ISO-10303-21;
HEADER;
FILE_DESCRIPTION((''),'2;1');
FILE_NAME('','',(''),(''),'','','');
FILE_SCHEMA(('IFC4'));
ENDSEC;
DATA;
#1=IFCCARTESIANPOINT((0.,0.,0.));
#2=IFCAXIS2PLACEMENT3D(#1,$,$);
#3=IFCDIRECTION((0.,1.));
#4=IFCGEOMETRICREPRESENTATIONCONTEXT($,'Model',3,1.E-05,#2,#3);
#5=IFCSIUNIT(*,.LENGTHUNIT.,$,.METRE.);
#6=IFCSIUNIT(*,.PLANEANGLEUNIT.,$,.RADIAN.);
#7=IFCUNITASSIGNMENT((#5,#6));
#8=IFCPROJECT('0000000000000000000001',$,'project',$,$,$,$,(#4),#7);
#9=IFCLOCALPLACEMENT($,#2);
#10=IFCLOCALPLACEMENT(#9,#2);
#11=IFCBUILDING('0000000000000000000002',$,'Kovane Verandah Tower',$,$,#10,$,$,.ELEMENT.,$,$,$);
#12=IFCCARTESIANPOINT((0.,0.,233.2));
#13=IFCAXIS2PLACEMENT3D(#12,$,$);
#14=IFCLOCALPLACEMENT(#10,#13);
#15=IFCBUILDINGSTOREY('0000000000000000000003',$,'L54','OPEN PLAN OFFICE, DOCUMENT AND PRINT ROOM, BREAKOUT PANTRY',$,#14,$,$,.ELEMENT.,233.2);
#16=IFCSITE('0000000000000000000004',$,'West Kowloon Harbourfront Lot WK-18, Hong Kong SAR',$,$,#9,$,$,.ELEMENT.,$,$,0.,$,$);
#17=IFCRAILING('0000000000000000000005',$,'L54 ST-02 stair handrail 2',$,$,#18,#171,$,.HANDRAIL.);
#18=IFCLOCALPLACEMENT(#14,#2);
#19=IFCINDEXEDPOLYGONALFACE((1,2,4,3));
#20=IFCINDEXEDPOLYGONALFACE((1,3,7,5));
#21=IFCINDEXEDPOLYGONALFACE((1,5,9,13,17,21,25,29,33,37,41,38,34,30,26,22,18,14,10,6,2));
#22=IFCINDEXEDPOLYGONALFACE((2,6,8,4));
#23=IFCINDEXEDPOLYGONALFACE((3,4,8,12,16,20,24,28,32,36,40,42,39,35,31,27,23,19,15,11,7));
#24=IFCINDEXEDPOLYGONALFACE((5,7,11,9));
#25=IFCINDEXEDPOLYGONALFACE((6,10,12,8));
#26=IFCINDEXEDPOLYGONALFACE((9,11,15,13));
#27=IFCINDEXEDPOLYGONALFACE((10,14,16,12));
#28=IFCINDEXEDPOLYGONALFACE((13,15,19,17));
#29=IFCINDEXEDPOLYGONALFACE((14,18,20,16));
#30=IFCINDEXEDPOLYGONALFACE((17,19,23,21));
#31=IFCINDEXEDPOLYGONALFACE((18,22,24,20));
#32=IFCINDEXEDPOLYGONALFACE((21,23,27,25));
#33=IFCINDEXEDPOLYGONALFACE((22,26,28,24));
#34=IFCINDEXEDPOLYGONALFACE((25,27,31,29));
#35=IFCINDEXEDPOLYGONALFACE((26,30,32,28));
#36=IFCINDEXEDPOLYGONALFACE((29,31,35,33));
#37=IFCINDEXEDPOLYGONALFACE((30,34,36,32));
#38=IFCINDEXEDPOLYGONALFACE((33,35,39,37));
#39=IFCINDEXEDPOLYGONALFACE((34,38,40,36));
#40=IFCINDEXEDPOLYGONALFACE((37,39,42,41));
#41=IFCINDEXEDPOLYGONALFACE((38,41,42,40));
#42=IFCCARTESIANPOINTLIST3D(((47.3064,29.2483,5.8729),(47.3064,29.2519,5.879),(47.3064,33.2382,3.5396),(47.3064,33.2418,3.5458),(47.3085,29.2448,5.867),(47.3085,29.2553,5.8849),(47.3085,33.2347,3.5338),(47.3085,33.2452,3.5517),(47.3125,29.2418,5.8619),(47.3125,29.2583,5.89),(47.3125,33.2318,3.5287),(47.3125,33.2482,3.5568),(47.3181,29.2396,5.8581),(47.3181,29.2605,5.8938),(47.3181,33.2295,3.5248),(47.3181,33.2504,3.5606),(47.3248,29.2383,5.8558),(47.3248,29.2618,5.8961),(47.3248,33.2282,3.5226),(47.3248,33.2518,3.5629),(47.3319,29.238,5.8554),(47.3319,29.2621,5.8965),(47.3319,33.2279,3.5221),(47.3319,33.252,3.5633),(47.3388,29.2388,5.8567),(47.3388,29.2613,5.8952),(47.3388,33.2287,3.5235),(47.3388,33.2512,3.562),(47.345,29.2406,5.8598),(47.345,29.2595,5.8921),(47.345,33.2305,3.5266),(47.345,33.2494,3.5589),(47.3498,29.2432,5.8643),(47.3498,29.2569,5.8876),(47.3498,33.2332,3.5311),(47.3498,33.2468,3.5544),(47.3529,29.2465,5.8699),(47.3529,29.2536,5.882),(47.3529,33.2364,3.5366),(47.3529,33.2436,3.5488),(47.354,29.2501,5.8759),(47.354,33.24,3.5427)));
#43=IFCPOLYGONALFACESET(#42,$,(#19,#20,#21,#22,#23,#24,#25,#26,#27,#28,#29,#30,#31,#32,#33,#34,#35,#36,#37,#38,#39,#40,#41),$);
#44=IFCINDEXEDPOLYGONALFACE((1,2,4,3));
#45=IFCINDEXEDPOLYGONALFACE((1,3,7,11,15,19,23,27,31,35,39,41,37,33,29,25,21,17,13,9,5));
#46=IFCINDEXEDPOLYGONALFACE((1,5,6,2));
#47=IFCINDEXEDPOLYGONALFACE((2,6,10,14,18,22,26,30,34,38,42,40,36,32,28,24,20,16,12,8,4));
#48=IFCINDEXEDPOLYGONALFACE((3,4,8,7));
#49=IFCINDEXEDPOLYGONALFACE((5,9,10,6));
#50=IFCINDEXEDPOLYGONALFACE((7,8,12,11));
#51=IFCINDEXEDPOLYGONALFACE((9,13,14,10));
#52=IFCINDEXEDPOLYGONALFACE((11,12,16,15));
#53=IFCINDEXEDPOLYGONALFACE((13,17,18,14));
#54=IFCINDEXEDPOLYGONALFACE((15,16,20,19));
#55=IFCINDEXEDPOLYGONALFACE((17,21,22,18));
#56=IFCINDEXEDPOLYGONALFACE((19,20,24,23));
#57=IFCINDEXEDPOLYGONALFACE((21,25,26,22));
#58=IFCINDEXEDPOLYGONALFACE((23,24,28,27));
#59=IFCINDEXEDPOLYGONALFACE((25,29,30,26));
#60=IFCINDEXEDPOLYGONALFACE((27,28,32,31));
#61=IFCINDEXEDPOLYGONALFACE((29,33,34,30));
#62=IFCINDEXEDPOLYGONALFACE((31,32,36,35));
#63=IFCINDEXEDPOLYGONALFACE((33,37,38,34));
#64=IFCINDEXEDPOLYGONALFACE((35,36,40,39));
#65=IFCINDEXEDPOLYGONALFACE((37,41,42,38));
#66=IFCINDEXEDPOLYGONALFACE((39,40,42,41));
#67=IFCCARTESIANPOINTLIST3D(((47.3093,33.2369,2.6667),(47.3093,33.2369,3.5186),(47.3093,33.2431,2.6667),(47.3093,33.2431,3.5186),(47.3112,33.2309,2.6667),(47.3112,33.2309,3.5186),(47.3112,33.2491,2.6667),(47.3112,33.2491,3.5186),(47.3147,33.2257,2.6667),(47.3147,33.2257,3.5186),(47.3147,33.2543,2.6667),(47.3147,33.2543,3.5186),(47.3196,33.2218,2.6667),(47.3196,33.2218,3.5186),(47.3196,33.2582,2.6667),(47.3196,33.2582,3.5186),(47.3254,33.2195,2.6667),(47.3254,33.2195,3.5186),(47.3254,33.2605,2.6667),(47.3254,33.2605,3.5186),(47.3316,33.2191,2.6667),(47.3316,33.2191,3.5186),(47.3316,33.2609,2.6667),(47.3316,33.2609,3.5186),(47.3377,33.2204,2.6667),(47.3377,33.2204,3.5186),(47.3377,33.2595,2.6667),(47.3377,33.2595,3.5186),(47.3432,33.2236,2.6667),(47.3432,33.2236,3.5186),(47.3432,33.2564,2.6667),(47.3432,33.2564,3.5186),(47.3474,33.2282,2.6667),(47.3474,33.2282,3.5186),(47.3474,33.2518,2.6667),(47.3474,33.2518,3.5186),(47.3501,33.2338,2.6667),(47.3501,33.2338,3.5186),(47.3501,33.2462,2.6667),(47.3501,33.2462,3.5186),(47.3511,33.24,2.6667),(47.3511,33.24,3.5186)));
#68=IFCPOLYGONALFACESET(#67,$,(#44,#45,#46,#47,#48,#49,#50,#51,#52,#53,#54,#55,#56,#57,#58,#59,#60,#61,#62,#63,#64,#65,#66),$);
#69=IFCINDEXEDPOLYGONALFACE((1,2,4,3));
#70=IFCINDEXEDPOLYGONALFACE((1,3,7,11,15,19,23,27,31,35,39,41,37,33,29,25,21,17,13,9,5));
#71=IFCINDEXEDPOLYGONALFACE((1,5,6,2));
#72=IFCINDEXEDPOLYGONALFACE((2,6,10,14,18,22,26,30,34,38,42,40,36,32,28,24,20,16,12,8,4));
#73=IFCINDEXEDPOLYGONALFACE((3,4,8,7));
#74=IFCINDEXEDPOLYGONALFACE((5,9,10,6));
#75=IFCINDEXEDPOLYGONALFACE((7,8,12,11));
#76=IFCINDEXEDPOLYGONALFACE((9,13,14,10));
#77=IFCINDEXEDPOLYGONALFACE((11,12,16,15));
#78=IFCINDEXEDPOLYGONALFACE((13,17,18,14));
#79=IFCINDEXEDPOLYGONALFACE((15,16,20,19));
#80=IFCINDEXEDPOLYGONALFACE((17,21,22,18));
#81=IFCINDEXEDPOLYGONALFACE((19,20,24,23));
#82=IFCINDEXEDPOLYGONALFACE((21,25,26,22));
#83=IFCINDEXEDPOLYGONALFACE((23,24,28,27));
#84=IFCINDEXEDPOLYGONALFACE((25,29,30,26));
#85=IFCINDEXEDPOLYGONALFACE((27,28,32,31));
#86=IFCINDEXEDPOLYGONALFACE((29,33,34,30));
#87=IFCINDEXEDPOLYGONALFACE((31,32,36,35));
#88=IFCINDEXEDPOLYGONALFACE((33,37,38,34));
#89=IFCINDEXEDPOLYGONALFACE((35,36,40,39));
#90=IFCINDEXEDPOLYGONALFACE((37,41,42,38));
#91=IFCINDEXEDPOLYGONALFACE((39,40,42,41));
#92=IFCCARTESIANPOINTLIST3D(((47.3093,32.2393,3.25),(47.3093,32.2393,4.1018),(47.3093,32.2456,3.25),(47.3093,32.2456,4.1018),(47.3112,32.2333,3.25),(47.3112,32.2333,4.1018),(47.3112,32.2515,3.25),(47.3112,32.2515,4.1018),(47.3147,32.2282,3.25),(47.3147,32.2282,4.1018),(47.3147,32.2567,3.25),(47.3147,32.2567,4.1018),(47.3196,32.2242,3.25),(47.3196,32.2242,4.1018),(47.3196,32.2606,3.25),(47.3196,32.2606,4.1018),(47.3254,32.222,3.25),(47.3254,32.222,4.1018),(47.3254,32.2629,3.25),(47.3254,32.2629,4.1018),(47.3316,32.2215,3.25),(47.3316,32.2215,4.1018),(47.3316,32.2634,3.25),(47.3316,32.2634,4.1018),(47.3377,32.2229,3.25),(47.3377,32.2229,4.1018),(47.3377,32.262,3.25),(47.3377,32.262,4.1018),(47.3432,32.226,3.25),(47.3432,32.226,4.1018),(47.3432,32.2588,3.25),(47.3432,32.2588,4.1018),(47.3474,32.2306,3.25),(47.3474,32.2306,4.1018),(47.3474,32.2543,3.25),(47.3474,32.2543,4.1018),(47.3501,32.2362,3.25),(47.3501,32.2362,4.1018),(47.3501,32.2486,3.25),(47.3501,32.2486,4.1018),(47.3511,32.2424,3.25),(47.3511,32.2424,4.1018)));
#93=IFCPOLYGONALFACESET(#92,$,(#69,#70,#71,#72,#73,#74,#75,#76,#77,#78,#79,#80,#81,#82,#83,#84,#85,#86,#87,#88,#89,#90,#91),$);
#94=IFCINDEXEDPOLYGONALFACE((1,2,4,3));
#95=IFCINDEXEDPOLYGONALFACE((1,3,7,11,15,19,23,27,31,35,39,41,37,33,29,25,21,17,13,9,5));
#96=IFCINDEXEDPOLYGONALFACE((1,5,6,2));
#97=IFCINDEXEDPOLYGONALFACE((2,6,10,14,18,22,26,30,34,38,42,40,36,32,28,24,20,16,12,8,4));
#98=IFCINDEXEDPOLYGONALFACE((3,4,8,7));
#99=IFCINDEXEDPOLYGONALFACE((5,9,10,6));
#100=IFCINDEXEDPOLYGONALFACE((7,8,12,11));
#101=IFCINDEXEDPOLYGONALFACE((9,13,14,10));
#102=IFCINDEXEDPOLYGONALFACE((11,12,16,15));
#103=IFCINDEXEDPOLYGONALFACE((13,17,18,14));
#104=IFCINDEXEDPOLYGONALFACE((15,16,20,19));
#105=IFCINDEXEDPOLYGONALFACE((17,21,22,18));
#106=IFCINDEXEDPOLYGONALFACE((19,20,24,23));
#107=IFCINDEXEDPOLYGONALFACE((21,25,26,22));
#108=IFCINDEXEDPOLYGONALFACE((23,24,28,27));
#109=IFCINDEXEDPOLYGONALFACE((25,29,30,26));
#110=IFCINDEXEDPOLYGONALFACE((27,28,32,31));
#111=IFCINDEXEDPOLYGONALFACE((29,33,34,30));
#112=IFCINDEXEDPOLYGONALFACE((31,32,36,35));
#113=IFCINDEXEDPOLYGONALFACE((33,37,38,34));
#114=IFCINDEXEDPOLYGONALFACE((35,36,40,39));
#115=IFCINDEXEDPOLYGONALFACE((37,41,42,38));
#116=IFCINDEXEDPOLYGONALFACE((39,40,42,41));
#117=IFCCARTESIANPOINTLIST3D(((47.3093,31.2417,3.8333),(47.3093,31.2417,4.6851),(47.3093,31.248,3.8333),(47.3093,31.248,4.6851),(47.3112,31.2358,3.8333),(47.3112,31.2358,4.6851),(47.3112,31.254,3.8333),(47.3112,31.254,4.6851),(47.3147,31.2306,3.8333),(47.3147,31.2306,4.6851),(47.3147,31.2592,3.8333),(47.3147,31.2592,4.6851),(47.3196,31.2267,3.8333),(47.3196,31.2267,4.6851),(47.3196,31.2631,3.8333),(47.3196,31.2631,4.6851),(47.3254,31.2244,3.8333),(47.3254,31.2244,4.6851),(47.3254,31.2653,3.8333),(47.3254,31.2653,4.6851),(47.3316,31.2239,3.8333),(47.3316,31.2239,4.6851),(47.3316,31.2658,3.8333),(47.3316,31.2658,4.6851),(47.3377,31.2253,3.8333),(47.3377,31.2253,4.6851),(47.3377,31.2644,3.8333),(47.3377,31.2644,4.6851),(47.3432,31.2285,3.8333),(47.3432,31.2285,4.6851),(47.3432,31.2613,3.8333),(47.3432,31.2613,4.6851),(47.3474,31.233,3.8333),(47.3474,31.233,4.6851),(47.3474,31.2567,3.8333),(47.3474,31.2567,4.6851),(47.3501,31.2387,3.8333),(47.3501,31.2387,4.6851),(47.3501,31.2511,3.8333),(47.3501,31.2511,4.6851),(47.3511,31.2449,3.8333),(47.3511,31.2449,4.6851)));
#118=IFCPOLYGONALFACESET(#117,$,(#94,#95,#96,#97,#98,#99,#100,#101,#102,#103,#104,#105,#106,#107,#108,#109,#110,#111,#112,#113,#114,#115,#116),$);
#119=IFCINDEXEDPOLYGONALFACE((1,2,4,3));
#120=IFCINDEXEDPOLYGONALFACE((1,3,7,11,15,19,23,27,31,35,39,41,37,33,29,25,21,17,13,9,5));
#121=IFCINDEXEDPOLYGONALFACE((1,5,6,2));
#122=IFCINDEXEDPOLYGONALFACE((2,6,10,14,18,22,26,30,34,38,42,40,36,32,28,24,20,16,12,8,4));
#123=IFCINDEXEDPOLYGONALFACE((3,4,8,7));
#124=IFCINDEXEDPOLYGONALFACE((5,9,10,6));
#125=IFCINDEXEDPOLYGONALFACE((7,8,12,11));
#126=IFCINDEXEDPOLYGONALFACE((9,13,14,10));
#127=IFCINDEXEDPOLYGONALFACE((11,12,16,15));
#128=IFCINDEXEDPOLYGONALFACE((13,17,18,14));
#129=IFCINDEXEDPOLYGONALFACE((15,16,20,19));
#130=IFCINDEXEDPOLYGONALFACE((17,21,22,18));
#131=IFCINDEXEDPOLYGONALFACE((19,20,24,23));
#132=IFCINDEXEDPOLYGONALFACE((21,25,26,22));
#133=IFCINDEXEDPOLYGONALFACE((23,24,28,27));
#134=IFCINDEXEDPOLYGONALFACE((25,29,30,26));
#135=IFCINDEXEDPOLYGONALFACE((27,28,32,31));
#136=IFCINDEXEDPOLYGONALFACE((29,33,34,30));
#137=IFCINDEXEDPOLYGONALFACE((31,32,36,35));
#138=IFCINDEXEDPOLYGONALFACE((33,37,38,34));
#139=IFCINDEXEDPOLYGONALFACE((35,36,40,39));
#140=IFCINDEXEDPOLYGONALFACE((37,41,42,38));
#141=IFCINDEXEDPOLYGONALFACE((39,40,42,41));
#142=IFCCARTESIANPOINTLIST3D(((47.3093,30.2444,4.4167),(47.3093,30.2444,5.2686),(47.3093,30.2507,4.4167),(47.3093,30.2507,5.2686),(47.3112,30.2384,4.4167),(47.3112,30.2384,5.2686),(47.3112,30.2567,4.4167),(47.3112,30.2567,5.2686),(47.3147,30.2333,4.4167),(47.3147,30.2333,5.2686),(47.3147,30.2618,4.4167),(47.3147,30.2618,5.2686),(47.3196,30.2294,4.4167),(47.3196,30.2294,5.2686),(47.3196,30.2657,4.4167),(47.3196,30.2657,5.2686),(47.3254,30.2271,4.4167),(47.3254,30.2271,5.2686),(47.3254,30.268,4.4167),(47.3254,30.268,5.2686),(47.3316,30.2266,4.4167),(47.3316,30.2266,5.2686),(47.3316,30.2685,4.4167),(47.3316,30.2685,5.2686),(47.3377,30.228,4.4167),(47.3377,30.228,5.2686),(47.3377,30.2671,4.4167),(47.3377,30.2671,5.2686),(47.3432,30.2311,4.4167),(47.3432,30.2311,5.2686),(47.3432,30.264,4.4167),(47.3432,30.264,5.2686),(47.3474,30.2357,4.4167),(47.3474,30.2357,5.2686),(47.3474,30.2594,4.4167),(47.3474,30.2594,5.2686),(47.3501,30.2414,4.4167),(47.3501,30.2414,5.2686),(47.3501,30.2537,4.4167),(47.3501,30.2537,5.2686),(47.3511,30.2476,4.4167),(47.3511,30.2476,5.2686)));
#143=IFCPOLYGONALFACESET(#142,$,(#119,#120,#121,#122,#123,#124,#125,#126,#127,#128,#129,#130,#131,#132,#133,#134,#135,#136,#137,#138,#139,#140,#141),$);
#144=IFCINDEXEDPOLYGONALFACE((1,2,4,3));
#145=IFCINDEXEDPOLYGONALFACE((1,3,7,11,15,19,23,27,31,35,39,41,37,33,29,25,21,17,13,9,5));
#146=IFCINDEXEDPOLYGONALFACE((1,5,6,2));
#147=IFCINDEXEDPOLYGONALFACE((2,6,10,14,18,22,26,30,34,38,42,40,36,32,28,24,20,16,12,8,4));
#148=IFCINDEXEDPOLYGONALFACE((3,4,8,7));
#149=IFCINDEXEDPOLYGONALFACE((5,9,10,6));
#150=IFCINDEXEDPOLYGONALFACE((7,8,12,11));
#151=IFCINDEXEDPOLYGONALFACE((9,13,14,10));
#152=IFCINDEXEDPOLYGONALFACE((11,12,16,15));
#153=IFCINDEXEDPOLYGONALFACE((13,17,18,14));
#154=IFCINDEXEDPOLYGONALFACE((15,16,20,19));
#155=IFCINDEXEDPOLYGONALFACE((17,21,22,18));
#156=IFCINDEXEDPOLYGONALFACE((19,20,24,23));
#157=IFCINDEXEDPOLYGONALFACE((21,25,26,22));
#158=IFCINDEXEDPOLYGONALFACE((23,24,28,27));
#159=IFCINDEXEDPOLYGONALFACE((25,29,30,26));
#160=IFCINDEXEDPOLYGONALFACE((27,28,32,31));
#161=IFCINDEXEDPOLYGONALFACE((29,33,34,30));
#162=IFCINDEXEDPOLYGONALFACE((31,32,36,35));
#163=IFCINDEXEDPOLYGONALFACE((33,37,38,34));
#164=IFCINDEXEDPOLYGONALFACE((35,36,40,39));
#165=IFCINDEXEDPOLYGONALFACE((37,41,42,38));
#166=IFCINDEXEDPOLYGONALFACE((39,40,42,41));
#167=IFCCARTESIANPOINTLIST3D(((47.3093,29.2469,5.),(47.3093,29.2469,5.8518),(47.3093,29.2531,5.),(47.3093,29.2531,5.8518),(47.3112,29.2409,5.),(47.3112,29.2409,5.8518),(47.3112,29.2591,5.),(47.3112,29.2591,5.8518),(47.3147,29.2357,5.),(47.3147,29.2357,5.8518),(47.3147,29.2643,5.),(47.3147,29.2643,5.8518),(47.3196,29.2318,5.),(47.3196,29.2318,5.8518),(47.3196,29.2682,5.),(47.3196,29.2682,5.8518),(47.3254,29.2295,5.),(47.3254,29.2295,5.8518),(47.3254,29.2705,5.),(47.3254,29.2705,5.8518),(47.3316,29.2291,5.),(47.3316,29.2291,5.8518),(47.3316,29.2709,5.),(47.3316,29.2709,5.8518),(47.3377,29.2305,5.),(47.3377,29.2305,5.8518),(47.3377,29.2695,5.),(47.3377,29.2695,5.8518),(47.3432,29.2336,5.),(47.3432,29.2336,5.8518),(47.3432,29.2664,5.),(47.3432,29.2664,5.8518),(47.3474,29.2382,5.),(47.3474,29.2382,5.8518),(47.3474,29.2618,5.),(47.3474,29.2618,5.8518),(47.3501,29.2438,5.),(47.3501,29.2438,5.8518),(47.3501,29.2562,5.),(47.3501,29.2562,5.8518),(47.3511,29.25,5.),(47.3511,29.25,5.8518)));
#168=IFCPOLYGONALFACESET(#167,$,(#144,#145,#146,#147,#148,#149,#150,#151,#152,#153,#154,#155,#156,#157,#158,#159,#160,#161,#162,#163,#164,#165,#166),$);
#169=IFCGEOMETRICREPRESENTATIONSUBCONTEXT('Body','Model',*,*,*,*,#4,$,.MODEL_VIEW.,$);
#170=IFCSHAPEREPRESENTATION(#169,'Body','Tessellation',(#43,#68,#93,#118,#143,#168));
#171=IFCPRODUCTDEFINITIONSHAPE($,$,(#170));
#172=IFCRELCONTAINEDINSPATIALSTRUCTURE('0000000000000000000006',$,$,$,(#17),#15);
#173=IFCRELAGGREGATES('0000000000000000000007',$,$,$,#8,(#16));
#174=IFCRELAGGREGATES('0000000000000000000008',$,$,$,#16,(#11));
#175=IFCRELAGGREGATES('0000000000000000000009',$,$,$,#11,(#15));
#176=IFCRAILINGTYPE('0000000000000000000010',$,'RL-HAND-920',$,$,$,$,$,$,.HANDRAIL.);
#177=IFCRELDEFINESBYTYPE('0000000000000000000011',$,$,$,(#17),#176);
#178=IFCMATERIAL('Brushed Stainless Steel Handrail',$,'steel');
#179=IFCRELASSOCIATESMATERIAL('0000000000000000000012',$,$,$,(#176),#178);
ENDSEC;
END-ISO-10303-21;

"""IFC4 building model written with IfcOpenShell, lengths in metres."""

from ifc_helpers import new_model, si_unit, direction, frame, origin, origin_2d, place, context, subcontext, project, spatial, circle, extrude, material, type_object, element, save


model = new_model("IFC4")

# Units and contexts
model_context = context("Model", 3, precision=1e-05, world=origin(), true_north=direction((0.0, 1.0)))
body_context = subcontext(model_context, "Body", "Model", "MODEL_VIEW")
ifc_project = project(units=[si_unit("LENGTHUNIT", "METRE"), si_unit("PLANEANGLEUNIT", "RADIAN")], contexts=[model_context])

# Site, building, storey
site_placement = place(None, origin())
site = spatial("IfcSite", under=ifc_project, at=site_placement, Name="West Kowloon Harbourfront Lot WK-18, Hong Kong SAR", CompositionType="ELEMENT", RefElevation=0.0)
building_placement = place(site_placement, origin())
building = spatial("IfcBuilding", under=site, at=building_placement, Name="Kovane Verandah Tower", CompositionType="ELEMENT")
storey_placement = place(building_placement, frame((0.0, 0.0, 233.2)))
storey = spatial("IfcBuildingStorey", under=building, at=storey_placement, Name="L54", Description="OPEN PLAN OFFICE, DOCUMENT AND PRINT ROOM, BREAKOUT PANTRY", CompositionType="ELEMENT", Elevation=233.2)

# Railing
ifc_material_1 = material(Name="Brushed Stainless Steel Handrail", Category="steel")
railing_type_1 = type_object("IfcRailingType", Name="RL-HAND-920", PredefinedType="HANDRAIL", material=ifc_material_1)
railing_1_placement = place(storey_placement, frame((47.3301, 33.24, 2.6667)))
element("IfcRailing", 1, at=railing_1_placement, inside=storey, type_object=railing_type_1, Name="L54 ST-02 stair handrail 2", PredefinedType="HANDRAIL", context=body_context, shape_type="SweptSolid", body=[
    extrude(circle(Radius=0.0239, at=origin_2d()), frame((0.0, 0.0, 0.876), z_axis=(0.0, -0.863236, 0.5048), x_axis=(1.0, 0.0, 0.0)), (0.0, 0.0, 1.0), 4.6221),
    extrude(circle(Radius=0.021, at=origin_2d()), origin(), (0.0, 0.0, 1.0), 0.8518),
    extrude(circle(Radius=0.021, at=origin_2d()), frame((0.0, -0.9976, 0.5833)), (0.0, 0.0, 1.0), 0.8518),
    extrude(circle(Radius=0.021, at=origin_2d()), frame((0.0, -1.9951, 1.1665)), (0.0, 0.0, 1.0), 0.8518),
    extrude(circle(Radius=0.021, at=origin_2d()), frame((0.0, -2.9924, 1.75)), (0.0, 0.0, 1.0), 0.8518),
    extrude(circle(Radius=0.021, at=origin_2d()), frame((0.0, -3.99, 2.3333)), (0.0, 0.0, 1.0), 0.8518),
])

save(model, "model.ifc")
